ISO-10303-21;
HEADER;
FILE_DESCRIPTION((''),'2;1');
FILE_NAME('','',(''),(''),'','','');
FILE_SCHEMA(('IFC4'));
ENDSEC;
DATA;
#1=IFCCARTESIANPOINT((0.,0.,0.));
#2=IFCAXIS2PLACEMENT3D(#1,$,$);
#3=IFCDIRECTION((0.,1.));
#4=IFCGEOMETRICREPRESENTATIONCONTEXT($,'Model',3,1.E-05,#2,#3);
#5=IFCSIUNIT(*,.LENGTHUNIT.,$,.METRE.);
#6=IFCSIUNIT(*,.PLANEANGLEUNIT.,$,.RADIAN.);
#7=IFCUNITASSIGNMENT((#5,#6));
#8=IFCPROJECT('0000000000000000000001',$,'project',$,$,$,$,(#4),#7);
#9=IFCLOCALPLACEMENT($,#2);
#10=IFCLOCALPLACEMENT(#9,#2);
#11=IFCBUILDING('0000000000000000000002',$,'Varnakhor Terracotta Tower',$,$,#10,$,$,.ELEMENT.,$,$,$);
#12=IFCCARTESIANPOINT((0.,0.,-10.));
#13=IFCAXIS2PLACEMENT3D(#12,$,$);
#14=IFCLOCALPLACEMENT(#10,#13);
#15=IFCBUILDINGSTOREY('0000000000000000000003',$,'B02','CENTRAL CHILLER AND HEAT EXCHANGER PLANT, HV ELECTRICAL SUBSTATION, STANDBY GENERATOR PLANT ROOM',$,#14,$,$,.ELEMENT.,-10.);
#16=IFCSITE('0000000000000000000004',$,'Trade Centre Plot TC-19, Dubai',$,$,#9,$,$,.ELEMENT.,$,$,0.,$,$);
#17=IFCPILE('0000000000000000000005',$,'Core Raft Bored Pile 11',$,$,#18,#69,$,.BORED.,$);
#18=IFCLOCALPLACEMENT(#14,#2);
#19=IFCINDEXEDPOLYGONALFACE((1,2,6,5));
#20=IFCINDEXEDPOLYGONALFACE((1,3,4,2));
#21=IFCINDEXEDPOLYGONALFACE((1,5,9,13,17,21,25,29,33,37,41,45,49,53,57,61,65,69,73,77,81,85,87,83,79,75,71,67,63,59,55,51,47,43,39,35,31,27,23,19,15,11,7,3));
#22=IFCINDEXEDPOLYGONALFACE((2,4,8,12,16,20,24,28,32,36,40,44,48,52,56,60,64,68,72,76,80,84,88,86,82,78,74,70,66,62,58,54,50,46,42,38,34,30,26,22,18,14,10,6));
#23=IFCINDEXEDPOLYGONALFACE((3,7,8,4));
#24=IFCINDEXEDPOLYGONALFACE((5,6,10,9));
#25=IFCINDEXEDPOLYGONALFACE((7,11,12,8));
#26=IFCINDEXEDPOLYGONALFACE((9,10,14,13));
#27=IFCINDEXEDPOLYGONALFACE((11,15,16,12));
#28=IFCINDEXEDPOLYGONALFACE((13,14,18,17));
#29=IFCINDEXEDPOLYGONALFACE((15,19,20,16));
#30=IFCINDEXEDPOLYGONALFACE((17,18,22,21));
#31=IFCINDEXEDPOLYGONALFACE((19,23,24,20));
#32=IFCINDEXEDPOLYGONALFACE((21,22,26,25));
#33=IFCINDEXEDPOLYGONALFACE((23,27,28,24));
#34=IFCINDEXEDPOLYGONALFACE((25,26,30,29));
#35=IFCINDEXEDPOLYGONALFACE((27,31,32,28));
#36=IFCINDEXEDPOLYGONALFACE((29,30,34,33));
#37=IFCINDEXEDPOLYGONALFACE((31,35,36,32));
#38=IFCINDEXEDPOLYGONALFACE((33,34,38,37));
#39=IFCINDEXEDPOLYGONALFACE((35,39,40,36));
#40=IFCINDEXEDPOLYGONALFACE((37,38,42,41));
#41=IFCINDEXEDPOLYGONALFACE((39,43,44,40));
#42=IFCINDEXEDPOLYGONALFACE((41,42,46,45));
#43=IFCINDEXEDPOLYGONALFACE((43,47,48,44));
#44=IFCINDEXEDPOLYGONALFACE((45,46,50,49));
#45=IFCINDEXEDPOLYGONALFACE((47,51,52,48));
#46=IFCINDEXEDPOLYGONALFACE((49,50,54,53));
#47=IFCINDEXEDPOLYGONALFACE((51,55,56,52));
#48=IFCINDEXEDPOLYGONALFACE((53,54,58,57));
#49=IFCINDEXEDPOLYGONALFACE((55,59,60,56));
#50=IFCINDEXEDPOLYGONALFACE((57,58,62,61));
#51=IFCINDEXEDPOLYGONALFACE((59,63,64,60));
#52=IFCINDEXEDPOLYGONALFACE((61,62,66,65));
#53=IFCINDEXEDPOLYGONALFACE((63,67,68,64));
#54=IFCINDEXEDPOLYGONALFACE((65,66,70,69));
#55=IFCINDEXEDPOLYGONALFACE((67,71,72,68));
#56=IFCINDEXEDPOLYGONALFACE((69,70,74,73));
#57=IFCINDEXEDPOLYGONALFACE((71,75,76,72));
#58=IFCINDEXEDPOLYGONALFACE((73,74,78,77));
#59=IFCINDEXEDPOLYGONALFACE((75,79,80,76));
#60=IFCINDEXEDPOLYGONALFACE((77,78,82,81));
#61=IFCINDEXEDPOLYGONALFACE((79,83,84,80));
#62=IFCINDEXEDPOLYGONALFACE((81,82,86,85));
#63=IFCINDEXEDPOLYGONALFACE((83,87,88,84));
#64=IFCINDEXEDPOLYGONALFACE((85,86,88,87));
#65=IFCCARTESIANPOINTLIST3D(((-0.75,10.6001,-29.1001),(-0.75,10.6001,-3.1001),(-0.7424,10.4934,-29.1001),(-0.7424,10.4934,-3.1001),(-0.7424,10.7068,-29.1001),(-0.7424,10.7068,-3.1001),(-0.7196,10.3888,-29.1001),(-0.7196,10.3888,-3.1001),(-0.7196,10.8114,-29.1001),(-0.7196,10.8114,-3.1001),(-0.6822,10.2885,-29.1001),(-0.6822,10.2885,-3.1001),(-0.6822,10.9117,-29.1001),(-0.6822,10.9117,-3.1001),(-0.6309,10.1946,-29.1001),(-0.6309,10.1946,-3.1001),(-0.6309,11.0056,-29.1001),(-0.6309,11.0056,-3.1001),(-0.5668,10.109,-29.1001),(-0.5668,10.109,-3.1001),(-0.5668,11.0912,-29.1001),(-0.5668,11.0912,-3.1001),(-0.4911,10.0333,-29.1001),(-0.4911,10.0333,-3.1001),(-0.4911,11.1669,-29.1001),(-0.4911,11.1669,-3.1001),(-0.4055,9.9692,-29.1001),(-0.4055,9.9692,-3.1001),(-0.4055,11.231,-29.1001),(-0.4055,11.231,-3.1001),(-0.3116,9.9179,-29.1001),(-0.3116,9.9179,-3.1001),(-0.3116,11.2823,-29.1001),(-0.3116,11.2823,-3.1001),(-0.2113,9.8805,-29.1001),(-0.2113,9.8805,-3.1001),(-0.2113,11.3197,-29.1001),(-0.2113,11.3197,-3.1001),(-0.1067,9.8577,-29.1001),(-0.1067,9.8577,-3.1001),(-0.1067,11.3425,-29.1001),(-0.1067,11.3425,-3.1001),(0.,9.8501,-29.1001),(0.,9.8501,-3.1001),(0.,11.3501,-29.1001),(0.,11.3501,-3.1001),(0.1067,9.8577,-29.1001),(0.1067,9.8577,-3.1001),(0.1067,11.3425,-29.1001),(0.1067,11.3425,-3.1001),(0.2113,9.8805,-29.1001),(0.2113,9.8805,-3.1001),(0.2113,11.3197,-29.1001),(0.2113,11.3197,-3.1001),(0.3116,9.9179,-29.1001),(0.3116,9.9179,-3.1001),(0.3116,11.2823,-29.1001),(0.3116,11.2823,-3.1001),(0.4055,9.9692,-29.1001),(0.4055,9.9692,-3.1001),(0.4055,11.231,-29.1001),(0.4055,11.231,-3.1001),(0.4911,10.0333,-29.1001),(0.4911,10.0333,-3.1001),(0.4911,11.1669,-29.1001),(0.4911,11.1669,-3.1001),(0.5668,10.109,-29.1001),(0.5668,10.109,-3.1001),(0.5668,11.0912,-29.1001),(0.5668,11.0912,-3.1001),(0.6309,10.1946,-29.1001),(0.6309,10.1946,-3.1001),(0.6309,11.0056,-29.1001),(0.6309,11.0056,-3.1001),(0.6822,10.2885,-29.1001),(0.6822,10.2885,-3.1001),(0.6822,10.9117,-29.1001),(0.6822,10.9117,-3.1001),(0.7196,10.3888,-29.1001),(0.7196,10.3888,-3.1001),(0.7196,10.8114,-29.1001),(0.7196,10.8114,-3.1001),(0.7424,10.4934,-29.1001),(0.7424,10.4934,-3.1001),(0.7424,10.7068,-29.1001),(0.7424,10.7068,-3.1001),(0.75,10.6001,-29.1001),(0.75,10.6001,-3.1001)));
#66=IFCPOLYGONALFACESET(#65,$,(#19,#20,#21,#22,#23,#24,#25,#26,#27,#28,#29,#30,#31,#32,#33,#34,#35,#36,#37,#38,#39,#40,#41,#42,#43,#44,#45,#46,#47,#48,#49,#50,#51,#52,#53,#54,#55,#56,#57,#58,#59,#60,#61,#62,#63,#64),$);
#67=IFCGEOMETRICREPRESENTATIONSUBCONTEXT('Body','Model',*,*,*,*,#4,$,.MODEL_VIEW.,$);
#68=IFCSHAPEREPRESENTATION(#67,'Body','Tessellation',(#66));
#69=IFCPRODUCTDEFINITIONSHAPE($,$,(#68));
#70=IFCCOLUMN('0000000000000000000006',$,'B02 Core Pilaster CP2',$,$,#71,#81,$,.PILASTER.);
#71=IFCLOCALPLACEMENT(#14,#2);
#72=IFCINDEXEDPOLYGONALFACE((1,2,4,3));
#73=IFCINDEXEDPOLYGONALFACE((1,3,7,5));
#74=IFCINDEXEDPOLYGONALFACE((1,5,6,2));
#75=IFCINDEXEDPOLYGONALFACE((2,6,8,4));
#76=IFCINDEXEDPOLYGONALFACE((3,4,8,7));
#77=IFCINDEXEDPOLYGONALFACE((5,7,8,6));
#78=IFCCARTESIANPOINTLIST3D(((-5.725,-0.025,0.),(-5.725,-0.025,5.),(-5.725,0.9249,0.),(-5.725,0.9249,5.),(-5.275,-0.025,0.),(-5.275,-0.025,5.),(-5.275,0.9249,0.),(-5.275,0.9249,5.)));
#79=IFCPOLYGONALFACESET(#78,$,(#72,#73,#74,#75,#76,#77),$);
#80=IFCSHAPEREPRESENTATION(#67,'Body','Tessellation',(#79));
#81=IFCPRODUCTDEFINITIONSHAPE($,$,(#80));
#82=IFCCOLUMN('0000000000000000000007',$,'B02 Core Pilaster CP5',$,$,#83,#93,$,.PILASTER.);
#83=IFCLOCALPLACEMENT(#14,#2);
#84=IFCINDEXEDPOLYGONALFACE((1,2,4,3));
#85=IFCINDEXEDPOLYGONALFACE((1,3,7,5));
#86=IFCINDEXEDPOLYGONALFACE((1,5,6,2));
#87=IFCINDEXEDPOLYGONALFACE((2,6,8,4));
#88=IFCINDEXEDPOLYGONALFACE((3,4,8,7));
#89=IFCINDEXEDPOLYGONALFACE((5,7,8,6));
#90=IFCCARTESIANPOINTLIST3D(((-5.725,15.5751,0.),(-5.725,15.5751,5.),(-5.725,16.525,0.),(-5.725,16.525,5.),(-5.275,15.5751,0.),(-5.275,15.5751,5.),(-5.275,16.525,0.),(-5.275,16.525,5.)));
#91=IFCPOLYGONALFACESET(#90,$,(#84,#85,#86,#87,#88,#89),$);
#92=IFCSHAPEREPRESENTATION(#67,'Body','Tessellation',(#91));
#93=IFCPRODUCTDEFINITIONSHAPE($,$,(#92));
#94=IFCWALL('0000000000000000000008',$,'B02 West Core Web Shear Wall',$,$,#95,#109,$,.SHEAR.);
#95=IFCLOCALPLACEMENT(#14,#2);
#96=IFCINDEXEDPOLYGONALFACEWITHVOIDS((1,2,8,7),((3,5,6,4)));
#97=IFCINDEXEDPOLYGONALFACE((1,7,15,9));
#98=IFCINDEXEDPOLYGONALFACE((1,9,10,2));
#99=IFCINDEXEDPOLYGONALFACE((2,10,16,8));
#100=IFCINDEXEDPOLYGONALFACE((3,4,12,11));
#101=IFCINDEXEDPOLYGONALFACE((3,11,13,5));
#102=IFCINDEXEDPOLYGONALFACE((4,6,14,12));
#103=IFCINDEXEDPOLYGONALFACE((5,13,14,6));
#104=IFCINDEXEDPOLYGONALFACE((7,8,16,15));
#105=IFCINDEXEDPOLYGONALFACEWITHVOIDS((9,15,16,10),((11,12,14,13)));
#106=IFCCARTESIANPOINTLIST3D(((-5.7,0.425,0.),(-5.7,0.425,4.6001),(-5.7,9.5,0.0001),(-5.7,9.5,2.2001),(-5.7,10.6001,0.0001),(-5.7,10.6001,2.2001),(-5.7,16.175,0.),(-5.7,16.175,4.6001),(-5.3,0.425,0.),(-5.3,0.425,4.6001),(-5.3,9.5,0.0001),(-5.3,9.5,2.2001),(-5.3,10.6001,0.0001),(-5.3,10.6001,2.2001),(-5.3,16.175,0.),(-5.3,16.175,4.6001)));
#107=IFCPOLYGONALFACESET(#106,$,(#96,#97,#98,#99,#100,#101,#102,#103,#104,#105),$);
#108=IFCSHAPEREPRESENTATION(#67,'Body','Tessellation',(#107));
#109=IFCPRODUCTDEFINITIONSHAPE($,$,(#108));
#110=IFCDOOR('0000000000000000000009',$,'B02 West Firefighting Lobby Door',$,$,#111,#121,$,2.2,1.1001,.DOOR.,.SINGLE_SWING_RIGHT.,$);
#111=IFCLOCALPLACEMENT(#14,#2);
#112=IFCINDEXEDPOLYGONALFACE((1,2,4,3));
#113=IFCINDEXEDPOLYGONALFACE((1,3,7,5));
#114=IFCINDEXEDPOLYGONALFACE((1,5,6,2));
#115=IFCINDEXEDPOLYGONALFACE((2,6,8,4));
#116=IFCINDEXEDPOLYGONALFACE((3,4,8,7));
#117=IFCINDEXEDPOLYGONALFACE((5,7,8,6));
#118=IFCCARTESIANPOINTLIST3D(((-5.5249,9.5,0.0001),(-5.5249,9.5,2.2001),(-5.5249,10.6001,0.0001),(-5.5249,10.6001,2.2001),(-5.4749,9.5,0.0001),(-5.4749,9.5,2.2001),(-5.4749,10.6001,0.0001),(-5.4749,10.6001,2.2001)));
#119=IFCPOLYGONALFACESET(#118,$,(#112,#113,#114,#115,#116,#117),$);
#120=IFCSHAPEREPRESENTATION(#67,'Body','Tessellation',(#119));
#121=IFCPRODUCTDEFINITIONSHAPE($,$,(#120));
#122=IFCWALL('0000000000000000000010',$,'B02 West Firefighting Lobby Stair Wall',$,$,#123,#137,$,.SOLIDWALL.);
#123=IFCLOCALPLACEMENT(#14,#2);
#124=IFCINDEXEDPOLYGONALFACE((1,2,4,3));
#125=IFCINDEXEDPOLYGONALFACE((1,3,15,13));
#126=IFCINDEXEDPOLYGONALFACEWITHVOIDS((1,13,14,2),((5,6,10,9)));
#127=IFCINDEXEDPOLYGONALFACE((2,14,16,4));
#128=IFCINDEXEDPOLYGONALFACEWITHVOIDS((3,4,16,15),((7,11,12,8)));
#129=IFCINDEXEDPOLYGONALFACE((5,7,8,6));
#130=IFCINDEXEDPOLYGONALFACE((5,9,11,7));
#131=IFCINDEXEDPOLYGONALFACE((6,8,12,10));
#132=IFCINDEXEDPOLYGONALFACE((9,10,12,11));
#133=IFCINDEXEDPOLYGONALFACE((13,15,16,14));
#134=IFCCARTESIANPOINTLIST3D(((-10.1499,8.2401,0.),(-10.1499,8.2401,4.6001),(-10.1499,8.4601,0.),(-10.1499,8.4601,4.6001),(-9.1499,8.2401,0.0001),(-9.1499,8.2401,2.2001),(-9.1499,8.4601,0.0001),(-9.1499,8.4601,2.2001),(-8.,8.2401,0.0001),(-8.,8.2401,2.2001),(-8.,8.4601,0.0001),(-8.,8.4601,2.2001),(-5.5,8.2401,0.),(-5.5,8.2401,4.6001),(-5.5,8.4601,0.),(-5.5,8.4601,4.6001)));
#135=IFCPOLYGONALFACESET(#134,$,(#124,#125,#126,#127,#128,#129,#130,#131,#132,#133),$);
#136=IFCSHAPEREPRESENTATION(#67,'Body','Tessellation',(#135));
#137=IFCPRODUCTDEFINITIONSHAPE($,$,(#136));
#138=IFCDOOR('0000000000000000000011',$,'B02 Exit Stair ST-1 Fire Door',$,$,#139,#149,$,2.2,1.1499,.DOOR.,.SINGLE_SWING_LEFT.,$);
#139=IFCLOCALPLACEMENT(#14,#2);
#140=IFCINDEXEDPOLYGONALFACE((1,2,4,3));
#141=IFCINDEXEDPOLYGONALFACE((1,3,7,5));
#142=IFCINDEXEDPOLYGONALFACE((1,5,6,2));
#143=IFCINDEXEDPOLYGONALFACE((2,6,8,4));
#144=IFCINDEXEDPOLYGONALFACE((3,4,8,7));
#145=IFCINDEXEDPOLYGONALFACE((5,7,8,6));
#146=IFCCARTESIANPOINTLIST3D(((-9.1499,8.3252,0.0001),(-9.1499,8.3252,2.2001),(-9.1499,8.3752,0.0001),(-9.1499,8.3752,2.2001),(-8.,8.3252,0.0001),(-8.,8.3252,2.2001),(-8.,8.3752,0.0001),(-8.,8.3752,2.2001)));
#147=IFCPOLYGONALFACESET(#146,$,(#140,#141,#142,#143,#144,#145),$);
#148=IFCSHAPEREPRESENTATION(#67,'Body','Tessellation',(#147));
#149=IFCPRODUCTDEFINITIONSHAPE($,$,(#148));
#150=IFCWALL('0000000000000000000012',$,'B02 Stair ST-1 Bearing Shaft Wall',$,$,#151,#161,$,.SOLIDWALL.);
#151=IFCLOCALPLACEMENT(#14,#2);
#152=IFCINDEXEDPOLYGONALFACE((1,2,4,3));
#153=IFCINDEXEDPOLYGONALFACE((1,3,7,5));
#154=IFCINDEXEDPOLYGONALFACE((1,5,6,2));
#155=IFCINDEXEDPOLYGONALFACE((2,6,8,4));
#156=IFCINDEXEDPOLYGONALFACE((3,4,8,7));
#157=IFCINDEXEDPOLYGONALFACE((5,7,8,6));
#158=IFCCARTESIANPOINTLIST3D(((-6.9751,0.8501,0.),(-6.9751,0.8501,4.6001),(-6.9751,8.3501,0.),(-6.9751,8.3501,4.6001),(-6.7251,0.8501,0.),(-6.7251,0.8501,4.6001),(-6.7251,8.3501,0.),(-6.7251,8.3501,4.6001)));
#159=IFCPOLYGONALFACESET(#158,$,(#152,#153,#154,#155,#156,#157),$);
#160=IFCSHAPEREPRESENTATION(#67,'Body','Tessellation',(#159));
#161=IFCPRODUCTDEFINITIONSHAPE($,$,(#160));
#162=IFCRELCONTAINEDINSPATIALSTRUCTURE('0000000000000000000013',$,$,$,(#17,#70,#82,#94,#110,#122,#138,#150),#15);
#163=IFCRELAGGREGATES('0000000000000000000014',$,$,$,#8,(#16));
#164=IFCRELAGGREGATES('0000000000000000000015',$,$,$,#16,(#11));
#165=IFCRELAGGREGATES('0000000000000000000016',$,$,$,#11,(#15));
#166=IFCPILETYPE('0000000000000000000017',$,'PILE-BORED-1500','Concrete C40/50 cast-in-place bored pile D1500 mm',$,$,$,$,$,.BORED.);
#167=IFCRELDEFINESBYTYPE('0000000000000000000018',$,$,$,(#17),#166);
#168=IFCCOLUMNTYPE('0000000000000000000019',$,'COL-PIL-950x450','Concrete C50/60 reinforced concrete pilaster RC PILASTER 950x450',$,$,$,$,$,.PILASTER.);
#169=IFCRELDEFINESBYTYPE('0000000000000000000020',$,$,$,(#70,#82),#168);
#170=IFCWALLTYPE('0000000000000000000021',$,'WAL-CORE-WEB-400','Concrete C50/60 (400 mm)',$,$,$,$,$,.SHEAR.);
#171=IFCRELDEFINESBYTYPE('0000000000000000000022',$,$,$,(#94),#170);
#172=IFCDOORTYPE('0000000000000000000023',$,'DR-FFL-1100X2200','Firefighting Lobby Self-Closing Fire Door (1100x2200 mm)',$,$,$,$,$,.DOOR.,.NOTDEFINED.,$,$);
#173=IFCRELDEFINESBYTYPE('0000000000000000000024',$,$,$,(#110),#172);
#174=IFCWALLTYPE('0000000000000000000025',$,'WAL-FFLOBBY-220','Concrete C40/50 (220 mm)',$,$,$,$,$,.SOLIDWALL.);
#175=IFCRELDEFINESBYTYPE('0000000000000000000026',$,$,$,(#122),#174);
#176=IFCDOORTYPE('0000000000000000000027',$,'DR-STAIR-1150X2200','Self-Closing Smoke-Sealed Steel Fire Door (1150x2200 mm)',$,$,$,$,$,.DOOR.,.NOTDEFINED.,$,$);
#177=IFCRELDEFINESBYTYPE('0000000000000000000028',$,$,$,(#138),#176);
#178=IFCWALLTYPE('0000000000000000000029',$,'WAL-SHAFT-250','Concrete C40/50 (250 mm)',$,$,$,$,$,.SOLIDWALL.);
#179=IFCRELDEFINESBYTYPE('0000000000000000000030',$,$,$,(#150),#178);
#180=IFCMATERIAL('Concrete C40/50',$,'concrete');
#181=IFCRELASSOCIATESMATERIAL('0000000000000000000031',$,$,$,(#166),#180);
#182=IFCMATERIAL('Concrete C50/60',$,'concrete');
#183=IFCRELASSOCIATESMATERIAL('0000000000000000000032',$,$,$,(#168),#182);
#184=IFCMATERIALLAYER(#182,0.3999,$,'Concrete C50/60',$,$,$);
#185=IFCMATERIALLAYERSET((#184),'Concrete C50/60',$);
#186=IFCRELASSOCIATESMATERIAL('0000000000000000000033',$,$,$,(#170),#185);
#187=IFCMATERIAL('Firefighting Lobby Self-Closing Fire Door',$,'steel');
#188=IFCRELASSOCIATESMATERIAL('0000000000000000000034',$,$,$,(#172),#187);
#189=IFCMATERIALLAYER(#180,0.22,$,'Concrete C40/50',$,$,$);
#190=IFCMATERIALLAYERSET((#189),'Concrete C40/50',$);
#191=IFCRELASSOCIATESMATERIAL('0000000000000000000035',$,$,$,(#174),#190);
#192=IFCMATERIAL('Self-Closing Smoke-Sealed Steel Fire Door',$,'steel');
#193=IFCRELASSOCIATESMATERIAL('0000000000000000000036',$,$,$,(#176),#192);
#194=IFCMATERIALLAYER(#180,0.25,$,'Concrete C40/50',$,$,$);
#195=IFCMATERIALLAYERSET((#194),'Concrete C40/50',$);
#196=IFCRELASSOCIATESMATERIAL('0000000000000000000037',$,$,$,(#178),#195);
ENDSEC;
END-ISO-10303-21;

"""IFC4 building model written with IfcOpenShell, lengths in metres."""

from ifc_helpers import new_model, si_unit, direction, frame, frame_2d, origin, origin_2d, place, context, subcontext, project, spatial, rectangle, circle, extrude, source, transform, mapped, material, layer, layer_set, material_profile, profile_set, type_object, type_shapes, element, fill, save


model = new_model("IFC4")

# Units and contexts
model_context = context("Model", 3, precision=1e-05, world=origin(), true_north=direction((0.0, 1.0)))
body_context = subcontext(model_context, "Body", "Model", "MODEL_VIEW")
ifc_project = project(units=[si_unit("LENGTHUNIT", "METRE"), si_unit("PLANEANGLEUNIT", "RADIAN")], contexts=[model_context])

# Site, building, storey
site_placement = place(None, origin())
site = spatial("IfcSite", under=ifc_project, at=site_placement, Name="Trade Centre Plot TC-19, Dubai", CompositionType="ELEMENT", RefElevation=0.0)
building_placement = place(site_placement, origin())
building = spatial("IfcBuilding", under=site, at=building_placement, Name="Varnakhor Terracotta Tower", CompositionType="ELEMENT")
storey_placement = place(building_placement, frame((0.0, 0.0, -10.0)))
storey = spatial("IfcBuildingStorey", under=building, at=storey_placement, Name="B02", Description="CENTRAL CHILLER AND HEAT EXCHANGER PLANT, HV ELECTRICAL SUBSTATION, STANDBY GENERATOR PLANT ROOM", CompositionType="ELEMENT", Elevation=-10.0)

# Shared definitions
ifc_material_1 = material(Name="Concrete C50/60", Category="concrete")

# Pile
ifc_material_2 = material(Name="Concrete C40/50", Category="concrete")
ifc_material_profile_1 = material_profile(ifc_material_2, circle(Radius=0.75, at=origin_2d()), Name="BORED PILE D1500")
ifc_profile_set_1 = profile_set([ifc_material_profile_1], Name="Concrete C40/50")
pile_type = type_object("IfcPileType", Name="PILE-BORED-1500", Description="Concrete C40/50 cast-in-place bored pile D1500 mm", PredefinedType="BORED", material=ifc_profile_set_1)
shared_shape_1 = source(origin(), body_context, "Body", "SweptSolid", [
    extrude(circle(Radius=0.75, at=origin_2d()), origin(), (0.0, 0.0, 1.0), 26.0),
])
type_shapes(pile_type, [shared_shape_1])
for number, where, z_axis, x_axis, name in (
    (1, (0.0, 10.6001, -3.1001), (0.0, 0.0, -1.0), (1.0, 0.0, 0.0), "Core Raft Bored Pile 11"),
):
    element("IfcPile", number, at=place(storey_placement, frame(where, z_axis=z_axis, x_axis=x_axis)), inside=storey, type_object=pile_type, Name=name, PredefinedType="BORED", context=body_context, shape_type="MappedRepresentation", body=[
        mapped(shared_shape_1, transform((0.0, 0.0, 0.0), scale=1.0)),
    ])

# Columns
ifc_material_profile_2 = material_profile(ifc_material_1, rectangle(XDim=0.45, YDim=0.95, at=origin_2d()), Name="RC PILASTER 950x450")
ifc_profile_set_2 = profile_set([ifc_material_profile_2], Name="Concrete C50/60")
column_type = type_object("IfcColumnType", Name="COL-PIL-950x450", Description="Concrete C50/60 reinforced concrete pilaster RC PILASTER 950x450", PredefinedType="PILASTER", material=ifc_profile_set_2)
shared_shape_2 = source(origin(), body_context, "Body", "SweptSolid", [
    extrude(rectangle(XDim=0.45, YDim=0.95, at=origin_2d()), origin(), (0.0, 0.0, 1.0), 5.0),
])
type_shapes(column_type, [shared_shape_2])
for number, where, z_axis, x_axis, name in (
    (2, (-5.5, 0.45, 0.0), (0.0, 0.0, 1.0), (1.0, 0.0, 0.0), "B02 Core Pilaster CP2"),
    (3, (-5.5, 16.05, 0.0), (0.0, 0.0, 1.0), (1.0, 0.0, 0.0), "B02 Core Pilaster CP5"),
):
    element("IfcColumn", number, at=place(storey_placement, frame(where, z_axis=z_axis, x_axis=x_axis)), inside=storey, type_object=column_type, Name=name, PredefinedType="PILASTER", context=body_context, shape_type="MappedRepresentation", body=[
        mapped(shared_shape_2, transform((0.0, 0.0, 0.0), scale=1.0)),
    ])

# Walls, openings, doors
ifc_layer_1 = layer(ifc_material_1, 0.3999, Name="Concrete C50/60")
ifc_layer_set_1 = layer_set([ifc_layer_1], Name="Concrete C50/60")
wall_type_1 = type_object("IfcWallType", Name="WAL-CORE-WEB-400", Description="Concrete C50/60 (400 mm)", PredefinedType="SHEAR", material=ifc_layer_set_1)
wall_1_placement = place(storey_placement, frame((-5.5, 0.425, 0.0), z_axis=(0.0, 0.0, 1.0), x_axis=(0.0, 1.0, 0.0)))
wall_1 = element("IfcWall", 4, at=wall_1_placement, inside=storey, type_object=wall_type_1, Name="B02 West Core Web Shear Wall", PredefinedType="SHEAR", context=body_context, shape_type="SweptSolid", body=[
    extrude(rectangle(XDim=15.75, YDim=0.3999, at=frame_2d((7.875, 0.0))), origin(), (0.0, 0.0, 1.0), 4.6001),
])
opening_1_placement = place(wall_1_placement, frame((9.075, 0.0, 0.0)))
opening_1 = element("IfcOpeningElement", 5, at=opening_1_placement, cuts=wall_1, PredefinedType="OPENING", context=body_context, shape_type="SweptSolid", body=[
    extrude(rectangle(XDim=1.1001, YDim=2.2, at=frame_2d((0.55, 1.1001))), frame((0.0, 0.21, 0.0), z_axis=(0.0, -1.0, 0.0), x_axis=(1.0, 0.0, 0.0)), (0.0, 0.0, 1.0), 0.4199),
])
ifc_material_3 = material(Name="Firefighting Lobby Self-Closing Fire Door", Category="steel")
door_type_1 = type_object("IfcDoorType", Name="DR-FFL-1100X2200", Description="Firefighting Lobby Self-Closing Fire Door (1100x2200 mm)", OperationType="NOTDEFINED", PredefinedType="DOOR", material=ifc_material_3)
shared_shape_3 = source(origin(), body_context, "Body", "SweptSolid", [
    extrude(rectangle(XDim=1.1001, YDim=2.2, at=frame_2d((0.55, 1.1001))), frame((0.0, 0.0249, 0.0), z_axis=(0.0, -1.0, 0.0), x_axis=(1.0, 0.0, 0.0)), (0.0, 0.0, 1.0), 0.05),
])
type_shapes(door_type_1, [shared_shape_3])
door_1_placement = place(opening_1_placement, origin())
door_1 = element("IfcDoor", 6, at=door_1_placement, inside=storey, type_object=door_type_1, Name="B02 West Firefighting Lobby Door", OperationType="SINGLE_SWING_RIGHT", OverallHeight=2.2, OverallWidth=1.1001, PredefinedType="DOOR", context=body_context, shape_type="MappedRepresentation", body=[
    mapped(shared_shape_3, transform((0.0, 0.0, 0.0), scale=1.0)),
])
fill(opening_1, door_1)
ifc_layer_2 = layer(ifc_material_2, 0.22, Name="Concrete C40/50")
ifc_layer_set_2 = layer_set([ifc_layer_2], Name="Concrete C40/50")
wall_type_2 = type_object("IfcWallType", Name="WAL-FFLOBBY-220", Description="Concrete C40/50 (220 mm)", PredefinedType="SOLIDWALL", material=ifc_layer_set_2)
wall_2_placement = place(storey_placement, frame((-5.5, 8.3501, 0.0), z_axis=(0.0, 0.0, 1.0), x_axis=(-1.0, 0.0, 0.0)))
wall_2 = element("IfcWall", 7, at=wall_2_placement, inside=storey, type_object=wall_type_2, Name="B02 West Firefighting Lobby Stair Wall", PredefinedType="SOLIDWALL", context=body_context, shape_type="SweptSolid", body=[
    extrude(rectangle(XDim=4.6499, YDim=0.22, at=frame_2d((2.325, 0.0))), origin(), (0.0, 0.0, 1.0), 4.6001),
])
opening_2_placement = place(wall_2_placement, frame((2.5, 0.0, 0.0)))
opening_2 = element("IfcOpeningElement", 8, at=opening_2_placement, cuts=wall_2, PredefinedType="OPENING", context=body_context, shape_type="SweptSolid", body=[
    extrude(rectangle(XDim=1.1499, YDim=2.2, at=frame_2d((0.575, 1.1001))), frame((0.0, 0.1201, 0.0), z_axis=(0.0, -1.0, 0.0), x_axis=(1.0, 0.0, 0.0)), (0.0, 0.0, 1.0), 0.24),
])
ifc_material_4 = material(Name="Self-Closing Smoke-Sealed Steel Fire Door", Category="steel")
door_type_2 = type_object("IfcDoorType", Name="DR-STAIR-1150X2200", Description="Self-Closing Smoke-Sealed Steel Fire Door (1150x2200 mm)", OperationType="NOTDEFINED", PredefinedType="DOOR", material=ifc_material_4)
shared_shape_4 = source(origin(), body_context, "Body", "SweptSolid", [
    extrude(rectangle(XDim=1.1499, YDim=2.2, at=frame_2d((0.575, 1.1001))), frame((0.0, 0.0249, 0.0), z_axis=(0.0, -1.0, 0.0), x_axis=(1.0, 0.0, 0.0)), (0.0, 0.0, 1.0), 0.05),
])
type_shapes(door_type_2, [shared_shape_4])
door_2_placement = place(opening_2_placement, origin())
door_2 = element("IfcDoor", 9, at=door_2_placement, inside=storey, type_object=door_type_2, Name="B02 Exit Stair ST-1 Fire Door", OperationType="SINGLE_SWING_LEFT", OverallHeight=2.2, OverallWidth=1.1499, PredefinedType="DOOR", context=body_context, shape_type="MappedRepresentation", body=[
    mapped(shared_shape_4, transform((0.0, 0.0, 0.0), scale=1.0)),
])
fill(opening_2, door_2)

# Wall
ifc_layer_3 = layer(ifc_material_2, 0.25, Name="Concrete C40/50")
ifc_layer_set_3 = layer_set([ifc_layer_3], Name="Concrete C40/50")
wall_type_3 = type_object("IfcWallType", Name="WAL-SHAFT-250", Description="Concrete C40/50 (250 mm)", PredefinedType="SOLIDWALL", material=ifc_layer_set_3)
wall_3_placement = place(storey_placement, frame((-6.8501, 0.8501, 0.0), z_axis=(0.0, 0.0, 1.0), x_axis=(0.0, 1.0, 0.0)))
element("IfcWall", 10, at=wall_3_placement, inside=storey, type_object=wall_type_3, Name="B02 Stair ST-1 Bearing Shaft Wall", PredefinedType="SOLIDWALL", context=body_context, shape_type="SweptSolid", body=[
    extrude(rectangle(XDim=7.5, YDim=0.25, at=frame_2d((3.75, 0.0))), origin(), (0.0, 0.0, 1.0), 4.6001),
])

save(model, "model.ifc")
